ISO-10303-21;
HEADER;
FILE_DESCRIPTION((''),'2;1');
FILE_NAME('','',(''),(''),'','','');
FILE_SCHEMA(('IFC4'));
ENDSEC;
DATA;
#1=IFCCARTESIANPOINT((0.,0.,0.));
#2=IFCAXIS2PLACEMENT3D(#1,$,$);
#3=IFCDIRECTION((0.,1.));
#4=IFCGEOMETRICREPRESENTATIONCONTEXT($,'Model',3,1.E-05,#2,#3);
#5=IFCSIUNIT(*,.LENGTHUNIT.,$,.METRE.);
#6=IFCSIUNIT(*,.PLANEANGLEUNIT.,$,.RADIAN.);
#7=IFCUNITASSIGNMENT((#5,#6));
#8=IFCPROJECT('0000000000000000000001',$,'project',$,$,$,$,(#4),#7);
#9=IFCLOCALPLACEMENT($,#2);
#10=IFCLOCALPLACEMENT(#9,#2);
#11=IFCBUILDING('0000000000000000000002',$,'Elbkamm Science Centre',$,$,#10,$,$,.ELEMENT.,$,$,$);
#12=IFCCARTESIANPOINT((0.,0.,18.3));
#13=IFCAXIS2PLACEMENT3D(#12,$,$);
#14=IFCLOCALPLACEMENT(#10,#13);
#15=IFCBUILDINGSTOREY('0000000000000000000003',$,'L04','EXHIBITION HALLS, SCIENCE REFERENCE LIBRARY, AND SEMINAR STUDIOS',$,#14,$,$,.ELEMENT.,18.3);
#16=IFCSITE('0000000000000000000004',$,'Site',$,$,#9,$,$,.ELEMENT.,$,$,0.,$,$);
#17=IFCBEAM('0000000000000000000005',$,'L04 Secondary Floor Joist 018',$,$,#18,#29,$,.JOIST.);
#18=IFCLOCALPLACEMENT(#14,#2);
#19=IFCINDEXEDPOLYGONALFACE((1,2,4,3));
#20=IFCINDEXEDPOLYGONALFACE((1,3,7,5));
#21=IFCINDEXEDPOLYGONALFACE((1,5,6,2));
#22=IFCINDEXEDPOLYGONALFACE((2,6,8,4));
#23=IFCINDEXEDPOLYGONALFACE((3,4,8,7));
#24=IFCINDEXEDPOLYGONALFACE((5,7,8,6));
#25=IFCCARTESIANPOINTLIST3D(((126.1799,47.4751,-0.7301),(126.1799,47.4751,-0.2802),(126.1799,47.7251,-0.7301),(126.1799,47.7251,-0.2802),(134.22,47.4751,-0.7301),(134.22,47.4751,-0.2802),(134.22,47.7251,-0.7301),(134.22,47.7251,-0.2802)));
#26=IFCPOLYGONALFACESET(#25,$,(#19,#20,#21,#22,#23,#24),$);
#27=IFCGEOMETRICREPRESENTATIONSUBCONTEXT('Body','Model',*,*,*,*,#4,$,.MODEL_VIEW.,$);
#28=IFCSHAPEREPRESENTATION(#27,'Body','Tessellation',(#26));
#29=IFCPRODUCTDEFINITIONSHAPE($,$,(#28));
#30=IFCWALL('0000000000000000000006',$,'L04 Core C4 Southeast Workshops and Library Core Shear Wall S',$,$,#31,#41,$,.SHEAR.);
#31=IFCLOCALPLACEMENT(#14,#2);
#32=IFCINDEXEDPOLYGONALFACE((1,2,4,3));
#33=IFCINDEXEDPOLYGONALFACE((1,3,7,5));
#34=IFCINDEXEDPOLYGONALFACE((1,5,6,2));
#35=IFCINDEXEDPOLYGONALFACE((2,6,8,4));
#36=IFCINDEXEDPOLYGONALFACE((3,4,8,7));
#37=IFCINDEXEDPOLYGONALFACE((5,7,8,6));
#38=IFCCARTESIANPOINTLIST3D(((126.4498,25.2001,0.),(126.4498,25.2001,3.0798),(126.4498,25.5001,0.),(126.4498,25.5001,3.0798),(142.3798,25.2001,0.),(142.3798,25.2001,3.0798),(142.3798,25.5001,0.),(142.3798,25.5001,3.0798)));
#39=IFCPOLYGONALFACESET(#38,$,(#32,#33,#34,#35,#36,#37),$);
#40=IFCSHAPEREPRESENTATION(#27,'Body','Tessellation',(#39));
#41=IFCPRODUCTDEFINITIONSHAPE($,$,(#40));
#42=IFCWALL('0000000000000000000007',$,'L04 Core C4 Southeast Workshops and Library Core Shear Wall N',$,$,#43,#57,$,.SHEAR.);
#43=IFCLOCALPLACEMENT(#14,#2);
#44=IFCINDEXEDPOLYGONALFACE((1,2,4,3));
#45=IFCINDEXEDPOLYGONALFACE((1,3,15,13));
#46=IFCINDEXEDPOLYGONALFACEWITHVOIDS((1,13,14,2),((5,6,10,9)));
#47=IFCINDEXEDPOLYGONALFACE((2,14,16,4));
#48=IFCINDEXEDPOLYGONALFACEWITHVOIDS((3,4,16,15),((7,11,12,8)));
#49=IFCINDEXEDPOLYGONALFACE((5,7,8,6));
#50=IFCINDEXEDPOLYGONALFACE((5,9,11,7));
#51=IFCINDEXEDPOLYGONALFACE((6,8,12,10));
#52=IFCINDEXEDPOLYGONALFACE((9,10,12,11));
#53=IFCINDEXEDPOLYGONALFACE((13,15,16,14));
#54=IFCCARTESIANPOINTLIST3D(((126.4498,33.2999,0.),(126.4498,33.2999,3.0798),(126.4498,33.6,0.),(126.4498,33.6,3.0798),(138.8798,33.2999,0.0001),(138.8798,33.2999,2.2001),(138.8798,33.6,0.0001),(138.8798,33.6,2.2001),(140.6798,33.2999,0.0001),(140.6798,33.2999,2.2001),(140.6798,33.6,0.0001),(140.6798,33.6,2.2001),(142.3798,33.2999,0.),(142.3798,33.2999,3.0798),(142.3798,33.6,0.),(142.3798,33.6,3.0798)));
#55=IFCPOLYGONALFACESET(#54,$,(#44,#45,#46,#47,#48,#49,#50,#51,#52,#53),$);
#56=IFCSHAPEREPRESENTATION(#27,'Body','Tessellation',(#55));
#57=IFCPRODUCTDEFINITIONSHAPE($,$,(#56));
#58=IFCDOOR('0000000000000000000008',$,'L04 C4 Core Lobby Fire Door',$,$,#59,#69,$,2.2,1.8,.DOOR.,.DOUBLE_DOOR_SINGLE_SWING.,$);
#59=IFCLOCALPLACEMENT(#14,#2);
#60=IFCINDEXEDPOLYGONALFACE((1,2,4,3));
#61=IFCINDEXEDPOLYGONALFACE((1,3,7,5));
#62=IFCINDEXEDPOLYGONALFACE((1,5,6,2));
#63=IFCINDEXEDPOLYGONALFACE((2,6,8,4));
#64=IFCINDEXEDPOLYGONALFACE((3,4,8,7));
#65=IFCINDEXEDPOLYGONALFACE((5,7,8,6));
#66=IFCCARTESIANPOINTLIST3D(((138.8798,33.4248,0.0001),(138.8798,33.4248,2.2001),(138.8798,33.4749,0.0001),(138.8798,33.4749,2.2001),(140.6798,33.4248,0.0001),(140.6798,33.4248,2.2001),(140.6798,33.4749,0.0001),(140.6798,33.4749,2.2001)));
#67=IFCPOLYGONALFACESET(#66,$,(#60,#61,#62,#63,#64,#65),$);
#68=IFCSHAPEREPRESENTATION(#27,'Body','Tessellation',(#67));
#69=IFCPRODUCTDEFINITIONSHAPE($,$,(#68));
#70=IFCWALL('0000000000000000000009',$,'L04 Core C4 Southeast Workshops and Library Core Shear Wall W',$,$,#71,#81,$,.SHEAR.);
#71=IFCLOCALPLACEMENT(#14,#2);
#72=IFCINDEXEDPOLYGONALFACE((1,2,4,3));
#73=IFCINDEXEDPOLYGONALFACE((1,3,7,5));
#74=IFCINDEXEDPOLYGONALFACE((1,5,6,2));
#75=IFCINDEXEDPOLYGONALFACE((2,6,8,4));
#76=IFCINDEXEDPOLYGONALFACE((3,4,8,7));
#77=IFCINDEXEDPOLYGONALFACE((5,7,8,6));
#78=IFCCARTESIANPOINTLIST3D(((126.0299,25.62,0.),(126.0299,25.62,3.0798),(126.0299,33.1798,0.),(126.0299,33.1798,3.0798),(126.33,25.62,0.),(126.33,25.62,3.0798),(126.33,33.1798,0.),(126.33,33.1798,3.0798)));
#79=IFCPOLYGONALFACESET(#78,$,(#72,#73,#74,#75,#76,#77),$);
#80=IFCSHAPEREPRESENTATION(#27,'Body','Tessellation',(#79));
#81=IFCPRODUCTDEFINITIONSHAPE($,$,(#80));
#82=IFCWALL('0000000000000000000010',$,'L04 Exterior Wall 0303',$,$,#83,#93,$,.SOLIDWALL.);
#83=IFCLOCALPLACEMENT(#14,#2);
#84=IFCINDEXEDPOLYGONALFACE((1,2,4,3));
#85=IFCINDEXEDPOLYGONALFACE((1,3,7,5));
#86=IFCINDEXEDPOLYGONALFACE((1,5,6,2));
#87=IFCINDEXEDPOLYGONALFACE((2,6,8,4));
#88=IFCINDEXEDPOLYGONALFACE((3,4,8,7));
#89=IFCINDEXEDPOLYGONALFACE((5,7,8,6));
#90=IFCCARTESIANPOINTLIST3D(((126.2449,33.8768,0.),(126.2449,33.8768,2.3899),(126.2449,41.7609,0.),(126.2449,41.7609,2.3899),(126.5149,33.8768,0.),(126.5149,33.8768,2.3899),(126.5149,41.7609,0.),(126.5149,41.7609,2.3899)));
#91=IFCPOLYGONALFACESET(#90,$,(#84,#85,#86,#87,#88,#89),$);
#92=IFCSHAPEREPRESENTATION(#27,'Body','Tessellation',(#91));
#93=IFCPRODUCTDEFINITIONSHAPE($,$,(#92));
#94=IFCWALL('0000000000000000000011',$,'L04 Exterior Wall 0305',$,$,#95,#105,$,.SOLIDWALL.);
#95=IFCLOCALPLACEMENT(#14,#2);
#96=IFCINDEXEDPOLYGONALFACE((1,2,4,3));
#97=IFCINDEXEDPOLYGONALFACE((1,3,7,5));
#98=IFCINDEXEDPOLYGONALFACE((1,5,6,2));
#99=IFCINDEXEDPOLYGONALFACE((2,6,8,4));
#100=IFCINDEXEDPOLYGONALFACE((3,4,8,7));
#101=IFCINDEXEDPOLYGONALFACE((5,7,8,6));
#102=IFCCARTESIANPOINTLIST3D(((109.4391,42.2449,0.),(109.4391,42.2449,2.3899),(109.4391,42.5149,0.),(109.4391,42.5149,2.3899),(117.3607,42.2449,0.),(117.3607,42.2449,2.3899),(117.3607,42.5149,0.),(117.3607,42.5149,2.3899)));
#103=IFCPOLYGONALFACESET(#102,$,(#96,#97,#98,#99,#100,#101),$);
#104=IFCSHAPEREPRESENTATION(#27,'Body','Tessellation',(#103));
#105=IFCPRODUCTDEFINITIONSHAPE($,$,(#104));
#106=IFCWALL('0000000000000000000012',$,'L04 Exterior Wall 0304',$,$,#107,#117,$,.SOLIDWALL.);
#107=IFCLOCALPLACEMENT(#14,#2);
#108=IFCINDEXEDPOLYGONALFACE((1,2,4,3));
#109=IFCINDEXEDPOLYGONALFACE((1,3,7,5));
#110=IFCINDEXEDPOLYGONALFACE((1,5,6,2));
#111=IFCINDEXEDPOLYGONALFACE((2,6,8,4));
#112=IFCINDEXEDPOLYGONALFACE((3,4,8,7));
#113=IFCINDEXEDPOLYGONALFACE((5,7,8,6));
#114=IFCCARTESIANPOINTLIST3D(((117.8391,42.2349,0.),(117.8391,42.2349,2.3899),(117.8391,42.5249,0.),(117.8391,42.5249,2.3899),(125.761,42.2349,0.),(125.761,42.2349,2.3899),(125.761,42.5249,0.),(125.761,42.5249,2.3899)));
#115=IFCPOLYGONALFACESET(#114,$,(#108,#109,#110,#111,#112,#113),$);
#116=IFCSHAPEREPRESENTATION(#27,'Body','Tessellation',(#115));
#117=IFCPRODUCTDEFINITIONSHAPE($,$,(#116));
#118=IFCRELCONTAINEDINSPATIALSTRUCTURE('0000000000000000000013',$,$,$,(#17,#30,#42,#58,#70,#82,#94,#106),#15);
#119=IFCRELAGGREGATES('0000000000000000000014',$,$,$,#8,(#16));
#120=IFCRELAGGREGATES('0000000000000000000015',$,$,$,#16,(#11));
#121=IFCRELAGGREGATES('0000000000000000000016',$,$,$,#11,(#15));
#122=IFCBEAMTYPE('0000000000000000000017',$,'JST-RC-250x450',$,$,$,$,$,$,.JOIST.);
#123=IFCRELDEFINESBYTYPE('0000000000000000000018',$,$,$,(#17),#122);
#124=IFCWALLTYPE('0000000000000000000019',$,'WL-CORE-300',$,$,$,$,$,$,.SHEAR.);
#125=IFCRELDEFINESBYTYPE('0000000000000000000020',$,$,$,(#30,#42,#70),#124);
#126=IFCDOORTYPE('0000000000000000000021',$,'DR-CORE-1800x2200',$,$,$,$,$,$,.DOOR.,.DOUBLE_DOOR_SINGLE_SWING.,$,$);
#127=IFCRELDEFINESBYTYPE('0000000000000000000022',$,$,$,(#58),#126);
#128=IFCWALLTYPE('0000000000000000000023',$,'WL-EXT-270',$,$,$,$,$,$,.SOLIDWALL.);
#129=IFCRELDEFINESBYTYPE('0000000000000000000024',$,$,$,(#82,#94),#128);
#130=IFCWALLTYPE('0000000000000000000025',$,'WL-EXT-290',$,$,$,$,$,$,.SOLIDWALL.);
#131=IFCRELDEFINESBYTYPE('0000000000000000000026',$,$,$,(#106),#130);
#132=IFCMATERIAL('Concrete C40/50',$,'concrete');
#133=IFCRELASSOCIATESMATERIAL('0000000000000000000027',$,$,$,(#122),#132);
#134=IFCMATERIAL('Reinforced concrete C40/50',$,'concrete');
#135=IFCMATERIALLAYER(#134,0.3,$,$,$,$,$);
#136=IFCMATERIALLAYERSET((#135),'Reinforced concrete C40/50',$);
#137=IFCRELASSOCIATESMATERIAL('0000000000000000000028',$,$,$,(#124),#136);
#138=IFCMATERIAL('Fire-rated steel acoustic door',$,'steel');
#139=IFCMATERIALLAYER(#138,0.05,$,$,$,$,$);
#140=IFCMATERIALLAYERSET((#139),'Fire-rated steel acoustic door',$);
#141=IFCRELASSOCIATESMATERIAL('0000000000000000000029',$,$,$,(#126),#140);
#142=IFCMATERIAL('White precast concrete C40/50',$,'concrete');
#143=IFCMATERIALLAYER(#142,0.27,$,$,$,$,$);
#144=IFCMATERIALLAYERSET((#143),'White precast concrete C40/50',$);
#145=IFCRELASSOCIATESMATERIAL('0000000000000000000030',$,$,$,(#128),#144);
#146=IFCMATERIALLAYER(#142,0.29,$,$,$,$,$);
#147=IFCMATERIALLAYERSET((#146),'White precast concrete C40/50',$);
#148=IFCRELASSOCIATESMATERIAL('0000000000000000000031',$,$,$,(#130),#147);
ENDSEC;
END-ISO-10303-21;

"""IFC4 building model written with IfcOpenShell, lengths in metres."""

from ifc_helpers import new_model, si_unit, direction, frame, frame_2d, origin, origin_2d, place, context, subcontext, project, spatial, rectangle, extrude, material, layer, layer_set, material_profile, profile_set, type_object, element, fill, save


model = new_model("IFC4")

# Units and contexts
model_context = context("Model", 3, precision=1e-05, world=origin(), true_north=direction((0.0, 1.0)))
body_context = subcontext(model_context, "Body", "Model", "MODEL_VIEW")
ifc_project = project(units=[si_unit("LENGTHUNIT", "METRE"), si_unit("PLANEANGLEUNIT", "RADIAN")], contexts=[model_context])

# Site, building, storey
site_placement = place(None, origin())
site = spatial("IfcSite", under=ifc_project, at=site_placement, Name="Site", CompositionType="ELEMENT", RefElevation=0.0)
building_placement = place(site_placement, origin())
building = spatial("IfcBuilding", under=site, at=building_placement, Name="Elbkamm Science Centre", CompositionType="ELEMENT")
storey_placement = place(building_placement, frame((0.0, 0.0, 18.3)))
storey = spatial("IfcBuildingStorey", under=building, at=storey_placement, Name="L04", Description="EXHIBITION HALLS, SCIENCE REFERENCE LIBRARY, AND SEMINAR STUDIOS", CompositionType="ELEMENT", Elevation=18.3)

# Shared definitions
ifc_material_1 = material(Name="Concrete C40/50", Category="concrete")

# Beam
ifc_material_profile_1 = material_profile(ifc_material_1, rectangle(XDim=0.25, YDim=0.45, at=origin_2d()), Name="RC 250x450")
ifc_profile_set_1 = profile_set([ifc_material_profile_1], Name="Concrete C40/50")
beam_type_1 = type_object("IfcBeamType", Name="JST-RC-250x450", PredefinedType="JOIST", material=ifc_profile_set_1)
for number, where, z_axis, x_axis, name in (
    (1, (126.1799, 47.6001, -0.5051), (1.0, 0.0, 0.0), (0.0, 1.0, 0.0), "L04 Secondary Floor Joist 018"),
):
    element("IfcBeam", number, at=place(storey_placement, frame(where, z_axis=z_axis, x_axis=x_axis)), inside=storey, type_object=beam_type_1, Name=name, PredefinedType="JOIST", context=body_context, shape_type="SweptSolid", body=[
        extrude(rectangle(XDim=0.25, YDim=0.45, at=origin_2d()), origin(), (0.0, 0.0, 1.0), 8.04),
    ])

# Wall
ifc_material_2 = material(Name="Reinforced concrete C40/50", Category="concrete")
ifc_layer_1 = layer(ifc_material_2, 0.3)
ifc_layer_set_1 = layer_set([ifc_layer_1], Name="Reinforced concrete C40/50")
wall_type_1 = type_object("IfcWallType", Name="WL-CORE-300", PredefinedType="SHEAR", material=ifc_layer_set_1)
wall_1_placement = place(storey_placement, frame((126.45, 25.3501, 0.0), z_axis=(0.0, 0.0, 1.0), x_axis=(1.0, 0.0, 0.0)))
element("IfcWall", 2, at=wall_1_placement, inside=storey, type_object=wall_type_1, Name="L04 Core C4 Southeast Workshops and Library Core Shear Wall S", PredefinedType="SHEAR", context=body_context, shape_type="SweptSolid", body=[
    extrude(rectangle(XDim=15.9299, YDim=0.3, at=frame_2d((7.9648, 0.0))), origin(), (0.0, 0.0, 1.0), 3.0798),
])

# Wall, opening, door
wall_2_placement = place(storey_placement, frame((126.45, 33.45, 0.0), z_axis=(0.0, 0.0, 1.0), x_axis=(1.0, 0.0, 0.0)))
wall_2 = element("IfcWall", 3, at=wall_2_placement, inside=storey, type_object=wall_type_1, Name="L04 Core C4 Southeast Workshops and Library Core Shear Wall N", PredefinedType="SHEAR", context=body_context, shape_type="SweptSolid", body=[
    extrude(rectangle(XDim=15.9299, YDim=0.3, at=frame_2d((7.9648, 0.0))), origin(), (0.0, 0.0, 1.0), 3.0798),
])
opening_placement = place(wall_2_placement, frame((12.4299, 0.0, 0.0)))
opening = element("IfcOpeningElement", 4, at=opening_placement, cuts=wall_2, PredefinedType="OPENING", context=body_context, shape_type="SweptSolid", body=[
    extrude(rectangle(XDim=1.8, YDim=2.2, at=frame_2d((0.8999, 1.1001))), frame((0.0, 0.1621, 0.0), z_axis=(0.0, -1.0, 0.0), x_axis=(1.0, 0.0, 0.0)), (0.0, 0.0, 1.0), 0.324),
])
ifc_material_3 = material(Name="Fire-rated steel acoustic door", Category="steel")
ifc_layer_2 = layer(ifc_material_3, 0.05)
ifc_layer_set_2 = layer_set([ifc_layer_2], Name="Fire-rated steel acoustic door")
door_type = type_object("IfcDoorType", Name="DR-CORE-1800x2200", OperationType="DOUBLE_DOOR_SINGLE_SWING", PredefinedType="DOOR", material=ifc_layer_set_2)
door_placement = place(opening_placement, origin())
door = element("IfcDoor", 5, at=door_placement, inside=storey, type_object=door_type, Name="L04 C4 Core Lobby Fire Door", OperationType="DOUBLE_DOOR_SINGLE_SWING", OverallHeight=2.2, OverallWidth=1.8, PredefinedType="DOOR", context=body_context, shape_type="SweptSolid", body=[
    extrude(rectangle(XDim=1.8, YDim=2.2, at=frame_2d((0.8999, 1.1001))), frame((0.0, 0.0249, 0.0), z_axis=(0.0, -1.0, 0.0), x_axis=(1.0, 0.0, 0.0)), (0.0, 0.0, 1.0), 0.05),
])
fill(opening, door)

# Walls
wall_3_placement = place(storey_placement, frame((126.1799, 25.6201, 0.0), z_axis=(0.0, 0.0, 1.0), x_axis=(0.0, 1.0, 0.0)))
element("IfcWall", 6, at=wall_3_placement, inside=storey, type_object=wall_type_1, Name="L04 Core C4 Southeast Workshops and Library Core Shear Wall W", PredefinedType="SHEAR", context=body_context, shape_type="SweptSolid", body=[
    extrude(rectangle(XDim=7.5598, YDim=0.3, at=frame_2d((3.7798, 0.0))), origin(), (0.0, 0.0, 1.0), 3.0798),
])
ifc_material_4 = material(Name="White precast concrete C40/50", Category="concrete")
ifc_layer_3 = layer(ifc_material_4, 0.27)
ifc_layer_set_3 = layer_set([ifc_layer_3], Name="White precast concrete C40/50")
wall_type_2 = type_object("IfcWallType", Name="WL-EXT-270", PredefinedType="SOLIDWALL", material=ifc_layer_set_3)
wall_4_placement = place(storey_placement, frame((126.3799, 33.877, 0.0), z_axis=(0.0, 0.0, 1.0), x_axis=(0.0, 1.0, 0.0)))
element("IfcWall", 7, at=wall_4_placement, inside=storey, type_object=wall_type_2, Name="L04 Exterior Wall 0303", PredefinedType="SOLIDWALL", context=body_context, shape_type="SweptSolid", body=[
    extrude(rectangle(XDim=7.884, YDim=0.27, at=frame_2d((3.9419, 0.0))), origin(), (0.0, 0.0, 1.0), 2.3899),
])
wall_5_placement = place(storey_placement, frame((117.3608, 42.3799, 0.0), z_axis=(0.0, 0.0, 1.0), x_axis=(-1.0, 0.0, 0.0)))
element("IfcWall", 8, at=wall_5_placement, inside=storey, type_object=wall_type_2, Name="L04 Exterior Wall 0305", PredefinedType="SOLIDWALL", context=body_context, shape_type="SweptSolid", body=[
    extrude(rectangle(XDim=7.9216, YDim=0.27, at=frame_2d((3.9609, 0.0))), origin(), (0.0, 0.0, 1.0), 2.3899),
])
ifc_layer_4 = layer(ifc_material_4, 0.29)
ifc_layer_set_4 = layer_set([ifc_layer_4], Name="White precast concrete C40/50")
wall_type_3 = type_object("IfcWallType", Name="WL-EXT-290", PredefinedType="SOLIDWALL", material=ifc_layer_set_4)
wall_6_placement = place(storey_placement, frame((125.761, 42.3799, 0.0), z_axis=(0.0, 0.0, 1.0), x_axis=(-1.0, 0.0, 0.0)))
element("IfcWall", 9, at=wall_6_placement, inside=storey, type_object=wall_type_3, Name="L04 Exterior Wall 0304", PredefinedType="SOLIDWALL", context=body_context, shape_type="SweptSolid", body=[
    extrude(rectangle(XDim=7.9219, YDim=0.29, at=frame_2d((3.9609, 0.0))), origin(), (0.0, 0.0, 1.0), 2.3899),
])

save(model, "model.ifc")
